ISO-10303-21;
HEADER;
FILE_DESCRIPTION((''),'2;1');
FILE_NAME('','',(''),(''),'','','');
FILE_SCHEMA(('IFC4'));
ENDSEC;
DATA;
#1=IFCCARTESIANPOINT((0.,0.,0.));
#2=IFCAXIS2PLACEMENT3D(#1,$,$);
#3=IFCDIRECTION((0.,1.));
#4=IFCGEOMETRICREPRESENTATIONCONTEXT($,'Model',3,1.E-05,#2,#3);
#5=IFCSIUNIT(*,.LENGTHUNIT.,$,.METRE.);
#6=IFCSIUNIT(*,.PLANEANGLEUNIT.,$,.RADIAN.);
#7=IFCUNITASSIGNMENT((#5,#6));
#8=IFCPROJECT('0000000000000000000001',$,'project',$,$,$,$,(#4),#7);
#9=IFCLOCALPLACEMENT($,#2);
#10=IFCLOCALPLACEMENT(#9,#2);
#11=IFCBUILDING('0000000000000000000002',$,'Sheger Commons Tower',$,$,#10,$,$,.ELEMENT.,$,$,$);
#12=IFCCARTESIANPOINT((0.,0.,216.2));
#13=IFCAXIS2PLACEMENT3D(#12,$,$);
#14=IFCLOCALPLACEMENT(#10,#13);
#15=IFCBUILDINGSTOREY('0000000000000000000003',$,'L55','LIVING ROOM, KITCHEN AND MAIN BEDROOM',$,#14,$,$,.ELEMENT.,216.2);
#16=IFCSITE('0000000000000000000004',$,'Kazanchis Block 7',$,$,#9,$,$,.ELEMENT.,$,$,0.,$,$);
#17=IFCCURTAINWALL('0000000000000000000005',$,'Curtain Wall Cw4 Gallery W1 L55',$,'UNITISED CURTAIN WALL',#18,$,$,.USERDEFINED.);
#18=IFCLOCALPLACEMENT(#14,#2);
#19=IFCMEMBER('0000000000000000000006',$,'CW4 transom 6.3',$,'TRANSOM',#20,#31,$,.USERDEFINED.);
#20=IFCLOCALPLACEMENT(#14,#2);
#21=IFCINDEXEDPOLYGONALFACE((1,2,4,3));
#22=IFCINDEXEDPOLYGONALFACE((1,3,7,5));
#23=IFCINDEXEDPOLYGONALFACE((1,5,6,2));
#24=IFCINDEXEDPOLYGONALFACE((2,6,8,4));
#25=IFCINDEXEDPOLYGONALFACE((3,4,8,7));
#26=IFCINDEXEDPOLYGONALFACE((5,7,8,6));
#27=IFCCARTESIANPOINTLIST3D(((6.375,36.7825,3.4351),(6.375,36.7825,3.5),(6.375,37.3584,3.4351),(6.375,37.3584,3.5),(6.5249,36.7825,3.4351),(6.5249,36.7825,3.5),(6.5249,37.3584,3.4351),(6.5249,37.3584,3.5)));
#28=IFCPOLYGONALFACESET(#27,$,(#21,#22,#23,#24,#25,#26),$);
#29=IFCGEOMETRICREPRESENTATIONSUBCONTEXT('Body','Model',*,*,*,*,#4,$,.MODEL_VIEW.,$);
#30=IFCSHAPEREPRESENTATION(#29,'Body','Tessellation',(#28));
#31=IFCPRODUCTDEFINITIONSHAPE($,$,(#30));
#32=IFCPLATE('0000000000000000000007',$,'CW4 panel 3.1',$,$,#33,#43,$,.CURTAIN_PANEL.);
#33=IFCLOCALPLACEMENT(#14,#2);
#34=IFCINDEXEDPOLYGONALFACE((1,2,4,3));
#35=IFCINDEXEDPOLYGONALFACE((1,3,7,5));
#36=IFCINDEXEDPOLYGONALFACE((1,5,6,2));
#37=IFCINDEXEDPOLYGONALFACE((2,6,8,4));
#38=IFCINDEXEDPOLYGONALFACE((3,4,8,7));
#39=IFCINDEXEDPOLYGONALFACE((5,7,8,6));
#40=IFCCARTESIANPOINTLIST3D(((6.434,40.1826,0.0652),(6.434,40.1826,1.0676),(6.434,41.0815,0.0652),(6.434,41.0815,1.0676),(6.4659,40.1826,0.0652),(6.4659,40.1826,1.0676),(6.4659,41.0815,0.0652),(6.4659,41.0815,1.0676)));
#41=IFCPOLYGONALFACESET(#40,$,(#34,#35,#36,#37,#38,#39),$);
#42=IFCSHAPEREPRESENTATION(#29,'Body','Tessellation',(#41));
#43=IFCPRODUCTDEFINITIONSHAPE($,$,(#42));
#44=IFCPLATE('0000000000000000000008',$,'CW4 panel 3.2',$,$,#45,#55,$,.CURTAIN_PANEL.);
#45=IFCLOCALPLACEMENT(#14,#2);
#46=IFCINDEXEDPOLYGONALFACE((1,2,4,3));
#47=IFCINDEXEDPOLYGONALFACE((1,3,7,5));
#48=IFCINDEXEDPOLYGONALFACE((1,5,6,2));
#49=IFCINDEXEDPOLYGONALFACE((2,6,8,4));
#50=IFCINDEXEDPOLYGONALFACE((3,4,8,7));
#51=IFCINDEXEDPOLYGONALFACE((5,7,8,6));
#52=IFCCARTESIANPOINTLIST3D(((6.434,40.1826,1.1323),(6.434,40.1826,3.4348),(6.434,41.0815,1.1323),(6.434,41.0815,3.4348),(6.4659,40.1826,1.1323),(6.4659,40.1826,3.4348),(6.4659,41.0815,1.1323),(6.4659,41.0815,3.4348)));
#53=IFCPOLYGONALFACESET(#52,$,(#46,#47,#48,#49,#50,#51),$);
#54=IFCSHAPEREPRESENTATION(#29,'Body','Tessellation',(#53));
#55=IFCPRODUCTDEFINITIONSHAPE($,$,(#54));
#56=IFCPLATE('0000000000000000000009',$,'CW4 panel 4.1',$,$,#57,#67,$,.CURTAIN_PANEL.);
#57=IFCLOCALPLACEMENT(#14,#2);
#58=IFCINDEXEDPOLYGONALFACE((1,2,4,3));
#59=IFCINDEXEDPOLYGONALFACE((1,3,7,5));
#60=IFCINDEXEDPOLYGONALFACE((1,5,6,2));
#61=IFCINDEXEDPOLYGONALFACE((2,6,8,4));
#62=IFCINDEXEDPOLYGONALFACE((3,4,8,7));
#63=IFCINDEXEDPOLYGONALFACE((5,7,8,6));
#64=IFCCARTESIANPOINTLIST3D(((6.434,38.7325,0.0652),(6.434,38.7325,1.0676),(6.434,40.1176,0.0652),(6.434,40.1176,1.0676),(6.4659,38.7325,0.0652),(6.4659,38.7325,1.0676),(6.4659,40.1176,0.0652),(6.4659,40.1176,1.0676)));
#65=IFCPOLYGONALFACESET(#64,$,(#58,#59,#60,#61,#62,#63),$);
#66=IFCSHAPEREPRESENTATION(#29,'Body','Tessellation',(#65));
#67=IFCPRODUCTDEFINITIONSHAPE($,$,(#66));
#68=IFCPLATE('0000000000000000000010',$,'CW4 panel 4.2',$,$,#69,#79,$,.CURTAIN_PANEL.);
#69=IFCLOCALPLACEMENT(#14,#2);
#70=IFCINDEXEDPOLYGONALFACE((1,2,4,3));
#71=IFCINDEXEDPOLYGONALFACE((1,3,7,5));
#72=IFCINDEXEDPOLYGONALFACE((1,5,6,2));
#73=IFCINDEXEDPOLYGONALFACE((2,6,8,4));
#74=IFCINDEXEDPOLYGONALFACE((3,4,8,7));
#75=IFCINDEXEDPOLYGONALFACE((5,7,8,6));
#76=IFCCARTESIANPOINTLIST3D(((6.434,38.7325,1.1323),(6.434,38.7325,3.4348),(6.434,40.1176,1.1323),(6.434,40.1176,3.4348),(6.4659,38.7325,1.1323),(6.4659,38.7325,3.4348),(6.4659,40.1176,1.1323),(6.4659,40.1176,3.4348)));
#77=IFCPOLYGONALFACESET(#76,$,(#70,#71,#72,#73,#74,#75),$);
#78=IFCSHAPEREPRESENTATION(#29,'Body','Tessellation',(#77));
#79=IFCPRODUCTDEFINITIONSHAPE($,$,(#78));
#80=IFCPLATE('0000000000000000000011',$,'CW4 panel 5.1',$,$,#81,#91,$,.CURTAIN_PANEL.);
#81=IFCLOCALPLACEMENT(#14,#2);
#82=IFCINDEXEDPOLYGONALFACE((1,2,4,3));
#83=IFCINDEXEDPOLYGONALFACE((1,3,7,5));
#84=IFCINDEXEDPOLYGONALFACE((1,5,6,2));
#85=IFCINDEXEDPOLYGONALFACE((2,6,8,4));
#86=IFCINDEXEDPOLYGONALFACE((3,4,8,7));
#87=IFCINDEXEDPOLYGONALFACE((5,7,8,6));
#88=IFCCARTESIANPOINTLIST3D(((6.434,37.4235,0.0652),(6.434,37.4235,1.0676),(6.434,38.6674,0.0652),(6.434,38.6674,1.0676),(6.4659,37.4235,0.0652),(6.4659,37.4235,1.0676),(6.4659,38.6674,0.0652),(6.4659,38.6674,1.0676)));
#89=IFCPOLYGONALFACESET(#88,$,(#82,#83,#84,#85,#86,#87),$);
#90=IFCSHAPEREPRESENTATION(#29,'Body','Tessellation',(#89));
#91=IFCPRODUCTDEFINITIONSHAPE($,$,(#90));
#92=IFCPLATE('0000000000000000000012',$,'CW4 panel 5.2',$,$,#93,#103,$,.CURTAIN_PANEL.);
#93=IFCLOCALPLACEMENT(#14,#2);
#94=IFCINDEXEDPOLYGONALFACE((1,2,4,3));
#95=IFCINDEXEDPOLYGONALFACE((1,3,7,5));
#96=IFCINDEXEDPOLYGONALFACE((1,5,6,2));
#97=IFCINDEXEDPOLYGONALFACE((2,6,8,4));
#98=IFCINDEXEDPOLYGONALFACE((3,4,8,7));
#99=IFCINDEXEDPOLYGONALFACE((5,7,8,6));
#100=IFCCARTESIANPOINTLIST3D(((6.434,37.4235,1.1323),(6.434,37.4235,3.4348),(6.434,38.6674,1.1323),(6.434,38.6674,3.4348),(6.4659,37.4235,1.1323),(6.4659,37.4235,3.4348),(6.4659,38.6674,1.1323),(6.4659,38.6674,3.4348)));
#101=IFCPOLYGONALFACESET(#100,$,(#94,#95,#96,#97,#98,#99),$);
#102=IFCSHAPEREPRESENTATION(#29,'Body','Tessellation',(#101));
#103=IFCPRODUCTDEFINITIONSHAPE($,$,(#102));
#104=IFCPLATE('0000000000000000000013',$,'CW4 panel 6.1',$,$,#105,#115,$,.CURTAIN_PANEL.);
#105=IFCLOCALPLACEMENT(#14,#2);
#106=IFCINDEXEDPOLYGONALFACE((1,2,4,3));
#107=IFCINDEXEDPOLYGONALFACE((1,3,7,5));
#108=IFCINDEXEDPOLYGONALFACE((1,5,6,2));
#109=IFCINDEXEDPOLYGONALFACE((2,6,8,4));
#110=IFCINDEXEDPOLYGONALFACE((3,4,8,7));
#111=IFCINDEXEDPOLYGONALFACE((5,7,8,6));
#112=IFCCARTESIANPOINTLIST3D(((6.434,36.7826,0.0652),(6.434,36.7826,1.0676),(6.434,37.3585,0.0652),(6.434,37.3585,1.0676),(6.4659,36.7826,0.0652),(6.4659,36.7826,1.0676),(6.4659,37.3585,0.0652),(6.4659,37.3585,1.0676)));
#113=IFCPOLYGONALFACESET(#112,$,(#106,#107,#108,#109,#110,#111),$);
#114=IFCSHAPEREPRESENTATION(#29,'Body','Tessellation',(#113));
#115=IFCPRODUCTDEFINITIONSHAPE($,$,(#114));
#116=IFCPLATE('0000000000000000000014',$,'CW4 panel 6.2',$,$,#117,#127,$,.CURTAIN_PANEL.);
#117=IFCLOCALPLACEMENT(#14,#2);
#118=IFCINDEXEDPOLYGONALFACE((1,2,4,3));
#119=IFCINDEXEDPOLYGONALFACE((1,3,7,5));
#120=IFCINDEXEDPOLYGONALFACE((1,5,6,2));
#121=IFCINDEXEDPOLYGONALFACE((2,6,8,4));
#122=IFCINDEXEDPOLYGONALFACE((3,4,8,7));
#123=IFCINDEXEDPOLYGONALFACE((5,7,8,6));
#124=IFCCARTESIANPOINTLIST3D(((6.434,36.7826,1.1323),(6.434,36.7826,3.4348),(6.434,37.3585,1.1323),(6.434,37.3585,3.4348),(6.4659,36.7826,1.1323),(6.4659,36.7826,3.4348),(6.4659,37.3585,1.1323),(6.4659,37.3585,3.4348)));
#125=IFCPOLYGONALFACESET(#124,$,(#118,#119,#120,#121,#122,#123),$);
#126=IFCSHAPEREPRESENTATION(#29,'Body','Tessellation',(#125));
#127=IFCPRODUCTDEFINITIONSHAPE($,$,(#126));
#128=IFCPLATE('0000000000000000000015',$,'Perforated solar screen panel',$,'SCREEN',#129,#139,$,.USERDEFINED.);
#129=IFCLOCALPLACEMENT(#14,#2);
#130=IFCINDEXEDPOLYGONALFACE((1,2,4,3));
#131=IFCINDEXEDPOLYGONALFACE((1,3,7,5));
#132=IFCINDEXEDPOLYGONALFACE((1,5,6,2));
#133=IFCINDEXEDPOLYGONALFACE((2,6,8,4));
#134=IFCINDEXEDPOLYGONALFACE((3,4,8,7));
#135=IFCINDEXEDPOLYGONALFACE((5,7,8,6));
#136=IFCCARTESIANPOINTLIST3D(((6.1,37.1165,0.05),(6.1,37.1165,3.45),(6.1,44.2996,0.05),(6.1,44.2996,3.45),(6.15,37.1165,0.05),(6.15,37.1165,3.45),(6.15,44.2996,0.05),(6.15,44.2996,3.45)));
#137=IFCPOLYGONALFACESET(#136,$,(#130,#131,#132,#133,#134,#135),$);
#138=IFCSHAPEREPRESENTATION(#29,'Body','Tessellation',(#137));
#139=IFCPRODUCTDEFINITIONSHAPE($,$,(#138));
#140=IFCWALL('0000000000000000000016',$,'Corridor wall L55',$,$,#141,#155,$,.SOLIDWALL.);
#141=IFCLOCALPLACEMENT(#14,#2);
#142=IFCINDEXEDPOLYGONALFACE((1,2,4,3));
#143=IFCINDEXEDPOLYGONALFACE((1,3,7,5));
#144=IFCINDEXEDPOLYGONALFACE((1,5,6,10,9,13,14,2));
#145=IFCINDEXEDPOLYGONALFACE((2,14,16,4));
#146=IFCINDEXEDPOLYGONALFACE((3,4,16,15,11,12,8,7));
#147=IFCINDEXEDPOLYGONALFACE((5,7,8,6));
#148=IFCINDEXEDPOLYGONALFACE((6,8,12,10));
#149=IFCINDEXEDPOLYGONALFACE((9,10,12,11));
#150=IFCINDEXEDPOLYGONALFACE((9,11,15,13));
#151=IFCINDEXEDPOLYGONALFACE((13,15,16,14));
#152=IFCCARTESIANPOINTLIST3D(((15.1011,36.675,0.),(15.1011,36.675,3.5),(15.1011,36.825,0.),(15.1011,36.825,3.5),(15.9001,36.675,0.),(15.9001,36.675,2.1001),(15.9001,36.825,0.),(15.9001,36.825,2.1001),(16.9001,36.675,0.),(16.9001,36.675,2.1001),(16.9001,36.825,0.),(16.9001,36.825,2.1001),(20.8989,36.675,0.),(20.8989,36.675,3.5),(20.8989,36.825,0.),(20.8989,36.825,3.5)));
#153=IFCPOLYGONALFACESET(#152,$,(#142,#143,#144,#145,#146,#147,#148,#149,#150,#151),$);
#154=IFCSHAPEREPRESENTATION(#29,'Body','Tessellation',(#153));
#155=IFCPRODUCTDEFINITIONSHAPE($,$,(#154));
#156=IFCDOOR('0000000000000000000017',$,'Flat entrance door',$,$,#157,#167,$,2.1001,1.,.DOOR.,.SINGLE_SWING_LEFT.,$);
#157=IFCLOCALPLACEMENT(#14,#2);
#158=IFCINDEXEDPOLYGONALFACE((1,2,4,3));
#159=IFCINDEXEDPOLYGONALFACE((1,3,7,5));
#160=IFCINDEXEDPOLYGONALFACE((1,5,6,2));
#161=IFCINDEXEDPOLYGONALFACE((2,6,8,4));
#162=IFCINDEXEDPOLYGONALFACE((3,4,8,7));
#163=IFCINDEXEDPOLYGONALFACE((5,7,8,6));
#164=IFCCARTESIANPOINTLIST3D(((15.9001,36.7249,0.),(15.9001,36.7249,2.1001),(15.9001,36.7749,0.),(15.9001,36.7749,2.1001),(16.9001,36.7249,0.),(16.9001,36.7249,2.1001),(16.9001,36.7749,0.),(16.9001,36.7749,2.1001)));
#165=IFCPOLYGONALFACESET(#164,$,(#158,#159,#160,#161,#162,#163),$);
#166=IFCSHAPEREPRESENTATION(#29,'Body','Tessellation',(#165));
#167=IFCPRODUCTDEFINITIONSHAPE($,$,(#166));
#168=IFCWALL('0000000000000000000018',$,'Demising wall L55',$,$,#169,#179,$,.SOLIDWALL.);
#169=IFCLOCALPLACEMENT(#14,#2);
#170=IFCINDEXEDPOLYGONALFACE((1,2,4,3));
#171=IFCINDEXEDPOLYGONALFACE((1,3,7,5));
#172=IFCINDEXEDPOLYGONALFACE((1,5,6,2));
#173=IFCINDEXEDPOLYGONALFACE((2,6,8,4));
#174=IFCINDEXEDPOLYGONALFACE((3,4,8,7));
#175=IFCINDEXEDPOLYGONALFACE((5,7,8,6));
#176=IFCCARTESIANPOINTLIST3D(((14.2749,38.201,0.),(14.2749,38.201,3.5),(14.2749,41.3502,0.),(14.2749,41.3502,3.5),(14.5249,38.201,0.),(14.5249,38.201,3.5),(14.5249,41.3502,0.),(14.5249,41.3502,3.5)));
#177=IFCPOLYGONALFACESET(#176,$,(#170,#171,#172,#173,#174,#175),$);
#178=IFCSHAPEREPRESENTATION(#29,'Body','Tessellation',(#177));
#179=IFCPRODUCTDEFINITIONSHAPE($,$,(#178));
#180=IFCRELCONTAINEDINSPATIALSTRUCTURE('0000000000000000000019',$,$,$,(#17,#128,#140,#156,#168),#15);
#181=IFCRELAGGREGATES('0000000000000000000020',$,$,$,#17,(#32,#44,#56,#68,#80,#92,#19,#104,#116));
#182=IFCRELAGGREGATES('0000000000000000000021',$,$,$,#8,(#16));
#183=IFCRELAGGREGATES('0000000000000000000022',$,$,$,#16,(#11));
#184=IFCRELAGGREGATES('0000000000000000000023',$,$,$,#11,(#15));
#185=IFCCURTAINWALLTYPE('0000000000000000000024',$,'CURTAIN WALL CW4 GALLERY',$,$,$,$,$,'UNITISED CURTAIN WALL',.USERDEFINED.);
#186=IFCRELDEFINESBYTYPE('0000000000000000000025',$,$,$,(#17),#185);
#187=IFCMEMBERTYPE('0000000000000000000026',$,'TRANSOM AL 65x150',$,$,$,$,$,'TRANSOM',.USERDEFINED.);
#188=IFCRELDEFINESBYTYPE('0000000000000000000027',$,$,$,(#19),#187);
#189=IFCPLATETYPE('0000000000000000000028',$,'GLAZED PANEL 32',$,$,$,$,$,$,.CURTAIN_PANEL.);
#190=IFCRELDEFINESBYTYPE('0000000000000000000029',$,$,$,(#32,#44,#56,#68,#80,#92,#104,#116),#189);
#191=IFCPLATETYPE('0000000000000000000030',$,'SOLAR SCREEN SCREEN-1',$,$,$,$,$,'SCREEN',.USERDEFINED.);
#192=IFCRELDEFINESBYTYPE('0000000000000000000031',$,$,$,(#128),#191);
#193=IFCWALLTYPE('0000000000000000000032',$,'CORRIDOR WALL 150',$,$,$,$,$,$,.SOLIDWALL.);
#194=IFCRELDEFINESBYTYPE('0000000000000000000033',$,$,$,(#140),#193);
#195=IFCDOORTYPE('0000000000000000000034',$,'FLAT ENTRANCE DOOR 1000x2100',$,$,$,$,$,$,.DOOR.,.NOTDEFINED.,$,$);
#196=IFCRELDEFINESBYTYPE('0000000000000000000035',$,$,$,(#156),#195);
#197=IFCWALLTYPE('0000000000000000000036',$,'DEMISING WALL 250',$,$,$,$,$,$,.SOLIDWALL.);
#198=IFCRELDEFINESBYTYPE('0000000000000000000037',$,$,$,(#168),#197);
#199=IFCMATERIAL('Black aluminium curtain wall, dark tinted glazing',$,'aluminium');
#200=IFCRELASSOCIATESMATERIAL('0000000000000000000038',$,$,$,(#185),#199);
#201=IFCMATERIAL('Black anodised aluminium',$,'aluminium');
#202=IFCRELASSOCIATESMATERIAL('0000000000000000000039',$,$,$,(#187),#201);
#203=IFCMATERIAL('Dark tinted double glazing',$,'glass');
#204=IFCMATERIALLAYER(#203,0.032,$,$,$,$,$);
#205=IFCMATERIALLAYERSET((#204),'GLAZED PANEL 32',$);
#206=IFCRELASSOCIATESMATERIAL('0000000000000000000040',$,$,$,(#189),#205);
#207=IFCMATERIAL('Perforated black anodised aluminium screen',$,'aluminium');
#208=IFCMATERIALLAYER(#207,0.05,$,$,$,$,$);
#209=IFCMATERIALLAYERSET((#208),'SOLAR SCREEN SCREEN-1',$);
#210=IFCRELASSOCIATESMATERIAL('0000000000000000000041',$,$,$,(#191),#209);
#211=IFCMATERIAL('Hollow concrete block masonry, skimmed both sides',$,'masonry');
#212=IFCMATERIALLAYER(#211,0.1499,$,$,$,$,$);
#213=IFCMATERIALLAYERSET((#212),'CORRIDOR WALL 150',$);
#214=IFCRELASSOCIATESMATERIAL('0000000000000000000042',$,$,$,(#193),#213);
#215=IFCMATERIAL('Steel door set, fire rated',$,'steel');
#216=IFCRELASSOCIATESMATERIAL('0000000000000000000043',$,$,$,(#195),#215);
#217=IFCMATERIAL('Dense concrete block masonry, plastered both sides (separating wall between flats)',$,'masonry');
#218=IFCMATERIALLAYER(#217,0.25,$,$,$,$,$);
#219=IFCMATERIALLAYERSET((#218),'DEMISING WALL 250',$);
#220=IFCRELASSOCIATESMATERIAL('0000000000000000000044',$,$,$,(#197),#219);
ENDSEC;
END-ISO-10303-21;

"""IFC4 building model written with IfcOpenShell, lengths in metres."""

from ifc_helpers import new_model, si_unit, direction, frame, frame_2d, origin, origin_2d, place, context, subcontext, project, spatial, rectangle, extrude, material, layer, layer_set, material_profile, profile_set, type_object, element, fill, aggregate, save


model = new_model("IFC4")

# Units and contexts
model_context = context("Model", 3, precision=1e-05, world=origin(), true_north=direction((0.0, 1.0)))
body_context = subcontext(model_context, "Body", "Model", "MODEL_VIEW")
ifc_project = project(units=[si_unit("LENGTHUNIT", "METRE"), si_unit("PLANEANGLEUNIT", "RADIAN")], contexts=[model_context])

# Site, building, storey
site_placement = place(None, origin())
site = spatial("IfcSite", under=ifc_project, at=site_placement, Name="Kazanchis Block 7", CompositionType="ELEMENT", RefElevation=0.0)
building_placement = place(site_placement, origin())
building = spatial("IfcBuilding", under=site, at=building_placement, Name="Sheger Commons Tower", CompositionType="ELEMENT")
storey_placement = place(building_placement, frame((0.0, 0.0, 216.2)))
storey = spatial("IfcBuildingStorey", under=building, at=storey_placement, Name="L55", Description="LIVING ROOM, KITCHEN AND MAIN BEDROOM", CompositionType="ELEMENT", Elevation=216.2)

# Curtain wall
ifc_material_1 = material(Name="Black aluminium curtain wall, dark tinted glazing", Category="aluminium")
curtain_wall_type = type_object("IfcCurtainWallType", Name="CURTAIN WALL CW4 GALLERY", ElementType="UNITISED CURTAIN WALL", PredefinedType="USERDEFINED", material=ifc_material_1)
curtain_wall_placement = place(storey_placement, origin())
curtain_wall = element("IfcCurtainWall", 1, at=curtain_wall_placement, inside=storey, type_object=curtain_wall_type, Name="Curtain Wall Cw4 Gallery W1 L55", ObjectType="UNITISED CURTAIN WALL", PredefinedType="USERDEFINED")

# Member
ifc_material_2 = material(Name="Black anodised aluminium", Category="aluminium")
ifc_material_profile_1 = material_profile(ifc_material_2, rectangle(XDim=0.1499, YDim=0.0649, at=origin_2d()), Name="AL 65x150")
ifc_profile_set_1 = profile_set([ifc_material_profile_1], Name="Black anodised aluminium")
member_type_1 = type_object("IfcMemberType", Name="TRANSOM AL 65x150", ElementType="TRANSOM", PredefinedType="USERDEFINED", material=ifc_profile_set_1)
member_1_placement = place(storey_placement, frame((6.45, 37.3584, 3.4675), z_axis=(0.0, -1.0, 0.0), x_axis=(1.0, 0.0, 0.0)))
member_1 = element("IfcMember", 2, at=member_1_placement, type_object=member_type_1, Name="CW4 transom 6.3", ObjectType="TRANSOM", PredefinedType="USERDEFINED", context=body_context, shape_type="SweptSolid", body=[
    extrude(rectangle(XDim=0.1499, YDim=0.0649, at=origin_2d()), origin(), (0.0, 0.0, 1.0), 0.5759),
])

# Plates
ifc_material_3 = material(Name="Dark tinted double glazing", Category="glass")
ifc_layer_1 = layer(ifc_material_3, 0.032)
ifc_layer_set_1 = layer_set([ifc_layer_1], Name="GLAZED PANEL 32")
plate_type_1 = type_object("IfcPlateType", Name="GLAZED PANEL 32", PredefinedType="CURTAIN_PANEL", material=ifc_layer_set_1)
plate_1_placement = place(storey_placement, frame((6.45, 40.6321, 0.0652), z_axis=(0.0, 0.0, 1.0), x_axis=(0.0, -1.0, 0.0)))
plate_1 = element("IfcPlate", 3, at=plate_1_placement, type_object=plate_type_1, Name="CW4 panel 3.1", PredefinedType="CURTAIN_PANEL", context=body_context, shape_type="SweptSolid", body=[
    extrude(rectangle(XDim=0.8989, YDim=0.032, at=origin_2d()), origin(), (0.0, 0.0, 1.0), 1.0024),
])
plate_2_placement = place(storey_placement, frame((6.45, 40.6321, 1.1323), z_axis=(0.0, 0.0, 1.0), x_axis=(0.0, -1.0, 0.0)))
plate_2 = element("IfcPlate", 4, at=plate_2_placement, type_object=plate_type_1, Name="CW4 panel 3.2", PredefinedType="CURTAIN_PANEL", context=body_context, shape_type="SweptSolid", body=[
    extrude(rectangle(XDim=0.8989, YDim=0.032, at=origin_2d()), origin(), (0.0, 0.0, 1.0), 2.3025),
])
plate_3_placement = place(storey_placement, frame((6.45, 39.425, 0.0652), z_axis=(0.0, 0.0, 1.0), x_axis=(0.0, -1.0, 0.0)))
plate_3 = element("IfcPlate", 5, at=plate_3_placement, type_object=plate_type_1, Name="CW4 panel 4.1", PredefinedType="CURTAIN_PANEL", context=body_context, shape_type="SweptSolid", body=[
    extrude(rectangle(XDim=1.385, YDim=0.032, at=origin_2d()), origin(), (0.0, 0.0, 1.0), 1.0024),
])
plate_4_placement = place(storey_placement, frame((6.45, 39.425, 1.1323), z_axis=(0.0, 0.0, 1.0), x_axis=(0.0, -1.0, 0.0)))
plate_4 = element("IfcPlate", 6, at=plate_4_placement, type_object=plate_type_1, Name="CW4 panel 4.2", PredefinedType="CURTAIN_PANEL", context=body_context, shape_type="SweptSolid", body=[
    extrude(rectangle(XDim=1.385, YDim=0.032, at=origin_2d()), origin(), (0.0, 0.0, 1.0), 2.3025),
])
plate_5_placement = place(storey_placement, frame((6.45, 38.0454, 0.0652), z_axis=(0.0, 0.0, 1.0), x_axis=(0.0, -1.0, 0.0)))
plate_5 = element("IfcPlate", 7, at=plate_5_placement, type_object=plate_type_1, Name="CW4 panel 5.1", PredefinedType="CURTAIN_PANEL", context=body_context, shape_type="SweptSolid", body=[
    extrude(rectangle(XDim=1.2439, YDim=0.032, at=origin_2d()), origin(), (0.0, 0.0, 1.0), 1.0024),
])
plate_6_placement = place(storey_placement, frame((6.45, 38.0454, 1.1323), z_axis=(0.0, 0.0, 1.0), x_axis=(0.0, -1.0, 0.0)))
plate_6 = element("IfcPlate", 8, at=plate_6_placement, type_object=plate_type_1, Name="CW4 panel 5.2", PredefinedType="CURTAIN_PANEL", context=body_context, shape_type="SweptSolid", body=[
    extrude(rectangle(XDim=1.2439, YDim=0.032, at=origin_2d()), origin(), (0.0, 0.0, 1.0), 2.3025),
])
plate_7_placement = place(storey_placement, frame((6.45, 37.0706, 0.0652), z_axis=(0.0, 0.0, 1.0), x_axis=(0.0, -1.0, 0.0)))
plate_7 = element("IfcPlate", 9, at=plate_7_placement, type_object=plate_type_1, Name="CW4 panel 6.1", PredefinedType="CURTAIN_PANEL", context=body_context, shape_type="SweptSolid", body=[
    extrude(rectangle(XDim=0.5759, YDim=0.032, at=origin_2d()), origin(), (0.0, 0.0, 1.0), 1.0024),
])
plate_8_placement = place(storey_placement, frame((6.45, 37.0706, 1.1323), z_axis=(0.0, 0.0, 1.0), x_axis=(0.0, -1.0, 0.0)))
plate_8 = element("IfcPlate", 10, at=plate_8_placement, type_object=plate_type_1, Name="CW4 panel 6.2", PredefinedType="CURTAIN_PANEL", context=body_context, shape_type="SweptSolid", body=[
    extrude(rectangle(XDim=0.5759, YDim=0.032, at=origin_2d()), origin(), (0.0, 0.0, 1.0), 2.3025),
])
aggregate(curtain_wall, [plate_1, plate_2, plate_3, plate_4, plate_5, plate_6, member_1, plate_7, plate_8])
ifc_material_4 = material(Name="Perforated black anodised aluminium screen", Category="aluminium")
ifc_layer_2 = layer(ifc_material_4, 0.05)
ifc_layer_set_2 = layer_set([ifc_layer_2], Name="SOLAR SCREEN SCREEN-1")
plate_type_2 = type_object("IfcPlateType", Name="SOLAR SCREEN SCREEN-1", ElementType="SCREEN", PredefinedType="USERDEFINED", material=ifc_layer_set_2)
plate_9_placement = place(storey_placement, frame((6.125, 40.708, 0.05), z_axis=(0.0, 0.0, 1.0), x_axis=(0.0, -1.0, 0.0)))
element("IfcPlate", 11, at=plate_9_placement, inside=storey, type_object=plate_type_2, Name="Perforated solar screen panel", ObjectType="SCREEN", PredefinedType="USERDEFINED", context=body_context, shape_type="SweptSolid", body=[
    extrude(rectangle(XDim=7.1831, YDim=0.05, at=origin_2d()), origin(), (0.0, 0.0, 1.0), 3.3999),
])

# Wall, opening, door
ifc_material_5 = material(Name="Hollow concrete block masonry, skimmed both sides", Category="masonry")
ifc_layer_3 = layer(ifc_material_5, 0.1499)
ifc_layer_set_3 = layer_set([ifc_layer_3], Name="CORRIDOR WALL 150")
wall_type_1 = type_object("IfcWallType", Name="CORRIDOR WALL 150", PredefinedType="SOLIDWALL", material=ifc_layer_set_3)
wall_1_placement = place(storey_placement, frame((15.1011, 36.75, 0.0), z_axis=(0.0, 0.0, 1.0), x_axis=(1.0, 0.0, 0.0)))
wall_1 = element("IfcWall", 12, at=wall_1_placement, inside=storey, type_object=wall_type_1, Name="Corridor wall L55", PredefinedType="SOLIDWALL", context=body_context, shape_type="SweptSolid", body=[
    extrude(rectangle(XDim=5.7979, YDim=0.1499, at=frame_2d((2.8989, 0.0))), origin(), (0.0, 0.0, 1.0), 3.5),
])
opening_1_placement = place(wall_1_placement, frame((0.7991, 0.0, 0.0)))
opening_1 = element("IfcOpeningElement", 13, at=opening_1_placement, cuts=wall_1, PredefinedType="OPENING", context=body_context, shape_type="SweptSolid", body=[
    extrude(rectangle(XDim=1.0, YDim=2.1001, at=frame_2d((0.5, 1.05))), frame((0.0, 0.085, 0.0), z_axis=(0.0, -1.0, 0.0), x_axis=(1.0, 0.0, 0.0)), (0.0, 0.0, 1.0), 0.1699),
])
ifc_material_6 = material(Name="Steel door set, fire rated", Category="steel")
door_type_1 = type_object("IfcDoorType", Name="FLAT ENTRANCE DOOR 1000x2100", OperationType="NOTDEFINED", PredefinedType="DOOR", material=ifc_material_6)
door_1_placement = place(opening_1_placement, origin())
door_1 = element("IfcDoor", 14, at=door_1_placement, inside=storey, type_object=door_type_1, Name="Flat entrance door", OperationType="SINGLE_SWING_LEFT", OverallHeight=2.1001, OverallWidth=1.0, PredefinedType="DOOR", context=body_context, shape_type="SweptSolid", body=[
    extrude(rectangle(XDim=1.0, YDim=2.1001, at=frame_2d((0.5, 1.05))), frame((0.0, 0.0249, 0.0), z_axis=(0.0, -1.0, 0.0), x_axis=(1.0, 0.0, 0.0)), (0.0, 0.0, 1.0), 0.05),
])
fill(opening_1, door_1)

# Wall
ifc_material_7 = material(Name="Dense concrete block masonry, plastered both sides (separating wall between flats)", Category="masonry")
ifc_layer_4 = layer(ifc_material_7, 0.25)
ifc_layer_set_4 = layer_set([ifc_layer_4], Name="DEMISING WALL 250")
wall_type_2 = type_object("IfcWallType", Name="DEMISING WALL 250", PredefinedType="SOLIDWALL", material=ifc_layer_set_4)
wall_2_placement = place(storey_placement, frame((14.3999, 38.2009, 0.0), z_axis=(0.0, 0.0, 1.0), x_axis=(0.0, 1.0, 0.0)))
element("IfcWall", 15, at=wall_2_placement, inside=storey, type_object=wall_type_2, Name="Demising wall L55", PredefinedType="SOLIDWALL", context=body_context, shape_type="SweptSolid", body=[
    extrude(rectangle(XDim=3.1492, YDim=0.25, at=frame_2d((1.5747, 0.0))), origin(), (0.0, 0.0, 1.0), 3.5),
])

save(model, "model.ifc")
